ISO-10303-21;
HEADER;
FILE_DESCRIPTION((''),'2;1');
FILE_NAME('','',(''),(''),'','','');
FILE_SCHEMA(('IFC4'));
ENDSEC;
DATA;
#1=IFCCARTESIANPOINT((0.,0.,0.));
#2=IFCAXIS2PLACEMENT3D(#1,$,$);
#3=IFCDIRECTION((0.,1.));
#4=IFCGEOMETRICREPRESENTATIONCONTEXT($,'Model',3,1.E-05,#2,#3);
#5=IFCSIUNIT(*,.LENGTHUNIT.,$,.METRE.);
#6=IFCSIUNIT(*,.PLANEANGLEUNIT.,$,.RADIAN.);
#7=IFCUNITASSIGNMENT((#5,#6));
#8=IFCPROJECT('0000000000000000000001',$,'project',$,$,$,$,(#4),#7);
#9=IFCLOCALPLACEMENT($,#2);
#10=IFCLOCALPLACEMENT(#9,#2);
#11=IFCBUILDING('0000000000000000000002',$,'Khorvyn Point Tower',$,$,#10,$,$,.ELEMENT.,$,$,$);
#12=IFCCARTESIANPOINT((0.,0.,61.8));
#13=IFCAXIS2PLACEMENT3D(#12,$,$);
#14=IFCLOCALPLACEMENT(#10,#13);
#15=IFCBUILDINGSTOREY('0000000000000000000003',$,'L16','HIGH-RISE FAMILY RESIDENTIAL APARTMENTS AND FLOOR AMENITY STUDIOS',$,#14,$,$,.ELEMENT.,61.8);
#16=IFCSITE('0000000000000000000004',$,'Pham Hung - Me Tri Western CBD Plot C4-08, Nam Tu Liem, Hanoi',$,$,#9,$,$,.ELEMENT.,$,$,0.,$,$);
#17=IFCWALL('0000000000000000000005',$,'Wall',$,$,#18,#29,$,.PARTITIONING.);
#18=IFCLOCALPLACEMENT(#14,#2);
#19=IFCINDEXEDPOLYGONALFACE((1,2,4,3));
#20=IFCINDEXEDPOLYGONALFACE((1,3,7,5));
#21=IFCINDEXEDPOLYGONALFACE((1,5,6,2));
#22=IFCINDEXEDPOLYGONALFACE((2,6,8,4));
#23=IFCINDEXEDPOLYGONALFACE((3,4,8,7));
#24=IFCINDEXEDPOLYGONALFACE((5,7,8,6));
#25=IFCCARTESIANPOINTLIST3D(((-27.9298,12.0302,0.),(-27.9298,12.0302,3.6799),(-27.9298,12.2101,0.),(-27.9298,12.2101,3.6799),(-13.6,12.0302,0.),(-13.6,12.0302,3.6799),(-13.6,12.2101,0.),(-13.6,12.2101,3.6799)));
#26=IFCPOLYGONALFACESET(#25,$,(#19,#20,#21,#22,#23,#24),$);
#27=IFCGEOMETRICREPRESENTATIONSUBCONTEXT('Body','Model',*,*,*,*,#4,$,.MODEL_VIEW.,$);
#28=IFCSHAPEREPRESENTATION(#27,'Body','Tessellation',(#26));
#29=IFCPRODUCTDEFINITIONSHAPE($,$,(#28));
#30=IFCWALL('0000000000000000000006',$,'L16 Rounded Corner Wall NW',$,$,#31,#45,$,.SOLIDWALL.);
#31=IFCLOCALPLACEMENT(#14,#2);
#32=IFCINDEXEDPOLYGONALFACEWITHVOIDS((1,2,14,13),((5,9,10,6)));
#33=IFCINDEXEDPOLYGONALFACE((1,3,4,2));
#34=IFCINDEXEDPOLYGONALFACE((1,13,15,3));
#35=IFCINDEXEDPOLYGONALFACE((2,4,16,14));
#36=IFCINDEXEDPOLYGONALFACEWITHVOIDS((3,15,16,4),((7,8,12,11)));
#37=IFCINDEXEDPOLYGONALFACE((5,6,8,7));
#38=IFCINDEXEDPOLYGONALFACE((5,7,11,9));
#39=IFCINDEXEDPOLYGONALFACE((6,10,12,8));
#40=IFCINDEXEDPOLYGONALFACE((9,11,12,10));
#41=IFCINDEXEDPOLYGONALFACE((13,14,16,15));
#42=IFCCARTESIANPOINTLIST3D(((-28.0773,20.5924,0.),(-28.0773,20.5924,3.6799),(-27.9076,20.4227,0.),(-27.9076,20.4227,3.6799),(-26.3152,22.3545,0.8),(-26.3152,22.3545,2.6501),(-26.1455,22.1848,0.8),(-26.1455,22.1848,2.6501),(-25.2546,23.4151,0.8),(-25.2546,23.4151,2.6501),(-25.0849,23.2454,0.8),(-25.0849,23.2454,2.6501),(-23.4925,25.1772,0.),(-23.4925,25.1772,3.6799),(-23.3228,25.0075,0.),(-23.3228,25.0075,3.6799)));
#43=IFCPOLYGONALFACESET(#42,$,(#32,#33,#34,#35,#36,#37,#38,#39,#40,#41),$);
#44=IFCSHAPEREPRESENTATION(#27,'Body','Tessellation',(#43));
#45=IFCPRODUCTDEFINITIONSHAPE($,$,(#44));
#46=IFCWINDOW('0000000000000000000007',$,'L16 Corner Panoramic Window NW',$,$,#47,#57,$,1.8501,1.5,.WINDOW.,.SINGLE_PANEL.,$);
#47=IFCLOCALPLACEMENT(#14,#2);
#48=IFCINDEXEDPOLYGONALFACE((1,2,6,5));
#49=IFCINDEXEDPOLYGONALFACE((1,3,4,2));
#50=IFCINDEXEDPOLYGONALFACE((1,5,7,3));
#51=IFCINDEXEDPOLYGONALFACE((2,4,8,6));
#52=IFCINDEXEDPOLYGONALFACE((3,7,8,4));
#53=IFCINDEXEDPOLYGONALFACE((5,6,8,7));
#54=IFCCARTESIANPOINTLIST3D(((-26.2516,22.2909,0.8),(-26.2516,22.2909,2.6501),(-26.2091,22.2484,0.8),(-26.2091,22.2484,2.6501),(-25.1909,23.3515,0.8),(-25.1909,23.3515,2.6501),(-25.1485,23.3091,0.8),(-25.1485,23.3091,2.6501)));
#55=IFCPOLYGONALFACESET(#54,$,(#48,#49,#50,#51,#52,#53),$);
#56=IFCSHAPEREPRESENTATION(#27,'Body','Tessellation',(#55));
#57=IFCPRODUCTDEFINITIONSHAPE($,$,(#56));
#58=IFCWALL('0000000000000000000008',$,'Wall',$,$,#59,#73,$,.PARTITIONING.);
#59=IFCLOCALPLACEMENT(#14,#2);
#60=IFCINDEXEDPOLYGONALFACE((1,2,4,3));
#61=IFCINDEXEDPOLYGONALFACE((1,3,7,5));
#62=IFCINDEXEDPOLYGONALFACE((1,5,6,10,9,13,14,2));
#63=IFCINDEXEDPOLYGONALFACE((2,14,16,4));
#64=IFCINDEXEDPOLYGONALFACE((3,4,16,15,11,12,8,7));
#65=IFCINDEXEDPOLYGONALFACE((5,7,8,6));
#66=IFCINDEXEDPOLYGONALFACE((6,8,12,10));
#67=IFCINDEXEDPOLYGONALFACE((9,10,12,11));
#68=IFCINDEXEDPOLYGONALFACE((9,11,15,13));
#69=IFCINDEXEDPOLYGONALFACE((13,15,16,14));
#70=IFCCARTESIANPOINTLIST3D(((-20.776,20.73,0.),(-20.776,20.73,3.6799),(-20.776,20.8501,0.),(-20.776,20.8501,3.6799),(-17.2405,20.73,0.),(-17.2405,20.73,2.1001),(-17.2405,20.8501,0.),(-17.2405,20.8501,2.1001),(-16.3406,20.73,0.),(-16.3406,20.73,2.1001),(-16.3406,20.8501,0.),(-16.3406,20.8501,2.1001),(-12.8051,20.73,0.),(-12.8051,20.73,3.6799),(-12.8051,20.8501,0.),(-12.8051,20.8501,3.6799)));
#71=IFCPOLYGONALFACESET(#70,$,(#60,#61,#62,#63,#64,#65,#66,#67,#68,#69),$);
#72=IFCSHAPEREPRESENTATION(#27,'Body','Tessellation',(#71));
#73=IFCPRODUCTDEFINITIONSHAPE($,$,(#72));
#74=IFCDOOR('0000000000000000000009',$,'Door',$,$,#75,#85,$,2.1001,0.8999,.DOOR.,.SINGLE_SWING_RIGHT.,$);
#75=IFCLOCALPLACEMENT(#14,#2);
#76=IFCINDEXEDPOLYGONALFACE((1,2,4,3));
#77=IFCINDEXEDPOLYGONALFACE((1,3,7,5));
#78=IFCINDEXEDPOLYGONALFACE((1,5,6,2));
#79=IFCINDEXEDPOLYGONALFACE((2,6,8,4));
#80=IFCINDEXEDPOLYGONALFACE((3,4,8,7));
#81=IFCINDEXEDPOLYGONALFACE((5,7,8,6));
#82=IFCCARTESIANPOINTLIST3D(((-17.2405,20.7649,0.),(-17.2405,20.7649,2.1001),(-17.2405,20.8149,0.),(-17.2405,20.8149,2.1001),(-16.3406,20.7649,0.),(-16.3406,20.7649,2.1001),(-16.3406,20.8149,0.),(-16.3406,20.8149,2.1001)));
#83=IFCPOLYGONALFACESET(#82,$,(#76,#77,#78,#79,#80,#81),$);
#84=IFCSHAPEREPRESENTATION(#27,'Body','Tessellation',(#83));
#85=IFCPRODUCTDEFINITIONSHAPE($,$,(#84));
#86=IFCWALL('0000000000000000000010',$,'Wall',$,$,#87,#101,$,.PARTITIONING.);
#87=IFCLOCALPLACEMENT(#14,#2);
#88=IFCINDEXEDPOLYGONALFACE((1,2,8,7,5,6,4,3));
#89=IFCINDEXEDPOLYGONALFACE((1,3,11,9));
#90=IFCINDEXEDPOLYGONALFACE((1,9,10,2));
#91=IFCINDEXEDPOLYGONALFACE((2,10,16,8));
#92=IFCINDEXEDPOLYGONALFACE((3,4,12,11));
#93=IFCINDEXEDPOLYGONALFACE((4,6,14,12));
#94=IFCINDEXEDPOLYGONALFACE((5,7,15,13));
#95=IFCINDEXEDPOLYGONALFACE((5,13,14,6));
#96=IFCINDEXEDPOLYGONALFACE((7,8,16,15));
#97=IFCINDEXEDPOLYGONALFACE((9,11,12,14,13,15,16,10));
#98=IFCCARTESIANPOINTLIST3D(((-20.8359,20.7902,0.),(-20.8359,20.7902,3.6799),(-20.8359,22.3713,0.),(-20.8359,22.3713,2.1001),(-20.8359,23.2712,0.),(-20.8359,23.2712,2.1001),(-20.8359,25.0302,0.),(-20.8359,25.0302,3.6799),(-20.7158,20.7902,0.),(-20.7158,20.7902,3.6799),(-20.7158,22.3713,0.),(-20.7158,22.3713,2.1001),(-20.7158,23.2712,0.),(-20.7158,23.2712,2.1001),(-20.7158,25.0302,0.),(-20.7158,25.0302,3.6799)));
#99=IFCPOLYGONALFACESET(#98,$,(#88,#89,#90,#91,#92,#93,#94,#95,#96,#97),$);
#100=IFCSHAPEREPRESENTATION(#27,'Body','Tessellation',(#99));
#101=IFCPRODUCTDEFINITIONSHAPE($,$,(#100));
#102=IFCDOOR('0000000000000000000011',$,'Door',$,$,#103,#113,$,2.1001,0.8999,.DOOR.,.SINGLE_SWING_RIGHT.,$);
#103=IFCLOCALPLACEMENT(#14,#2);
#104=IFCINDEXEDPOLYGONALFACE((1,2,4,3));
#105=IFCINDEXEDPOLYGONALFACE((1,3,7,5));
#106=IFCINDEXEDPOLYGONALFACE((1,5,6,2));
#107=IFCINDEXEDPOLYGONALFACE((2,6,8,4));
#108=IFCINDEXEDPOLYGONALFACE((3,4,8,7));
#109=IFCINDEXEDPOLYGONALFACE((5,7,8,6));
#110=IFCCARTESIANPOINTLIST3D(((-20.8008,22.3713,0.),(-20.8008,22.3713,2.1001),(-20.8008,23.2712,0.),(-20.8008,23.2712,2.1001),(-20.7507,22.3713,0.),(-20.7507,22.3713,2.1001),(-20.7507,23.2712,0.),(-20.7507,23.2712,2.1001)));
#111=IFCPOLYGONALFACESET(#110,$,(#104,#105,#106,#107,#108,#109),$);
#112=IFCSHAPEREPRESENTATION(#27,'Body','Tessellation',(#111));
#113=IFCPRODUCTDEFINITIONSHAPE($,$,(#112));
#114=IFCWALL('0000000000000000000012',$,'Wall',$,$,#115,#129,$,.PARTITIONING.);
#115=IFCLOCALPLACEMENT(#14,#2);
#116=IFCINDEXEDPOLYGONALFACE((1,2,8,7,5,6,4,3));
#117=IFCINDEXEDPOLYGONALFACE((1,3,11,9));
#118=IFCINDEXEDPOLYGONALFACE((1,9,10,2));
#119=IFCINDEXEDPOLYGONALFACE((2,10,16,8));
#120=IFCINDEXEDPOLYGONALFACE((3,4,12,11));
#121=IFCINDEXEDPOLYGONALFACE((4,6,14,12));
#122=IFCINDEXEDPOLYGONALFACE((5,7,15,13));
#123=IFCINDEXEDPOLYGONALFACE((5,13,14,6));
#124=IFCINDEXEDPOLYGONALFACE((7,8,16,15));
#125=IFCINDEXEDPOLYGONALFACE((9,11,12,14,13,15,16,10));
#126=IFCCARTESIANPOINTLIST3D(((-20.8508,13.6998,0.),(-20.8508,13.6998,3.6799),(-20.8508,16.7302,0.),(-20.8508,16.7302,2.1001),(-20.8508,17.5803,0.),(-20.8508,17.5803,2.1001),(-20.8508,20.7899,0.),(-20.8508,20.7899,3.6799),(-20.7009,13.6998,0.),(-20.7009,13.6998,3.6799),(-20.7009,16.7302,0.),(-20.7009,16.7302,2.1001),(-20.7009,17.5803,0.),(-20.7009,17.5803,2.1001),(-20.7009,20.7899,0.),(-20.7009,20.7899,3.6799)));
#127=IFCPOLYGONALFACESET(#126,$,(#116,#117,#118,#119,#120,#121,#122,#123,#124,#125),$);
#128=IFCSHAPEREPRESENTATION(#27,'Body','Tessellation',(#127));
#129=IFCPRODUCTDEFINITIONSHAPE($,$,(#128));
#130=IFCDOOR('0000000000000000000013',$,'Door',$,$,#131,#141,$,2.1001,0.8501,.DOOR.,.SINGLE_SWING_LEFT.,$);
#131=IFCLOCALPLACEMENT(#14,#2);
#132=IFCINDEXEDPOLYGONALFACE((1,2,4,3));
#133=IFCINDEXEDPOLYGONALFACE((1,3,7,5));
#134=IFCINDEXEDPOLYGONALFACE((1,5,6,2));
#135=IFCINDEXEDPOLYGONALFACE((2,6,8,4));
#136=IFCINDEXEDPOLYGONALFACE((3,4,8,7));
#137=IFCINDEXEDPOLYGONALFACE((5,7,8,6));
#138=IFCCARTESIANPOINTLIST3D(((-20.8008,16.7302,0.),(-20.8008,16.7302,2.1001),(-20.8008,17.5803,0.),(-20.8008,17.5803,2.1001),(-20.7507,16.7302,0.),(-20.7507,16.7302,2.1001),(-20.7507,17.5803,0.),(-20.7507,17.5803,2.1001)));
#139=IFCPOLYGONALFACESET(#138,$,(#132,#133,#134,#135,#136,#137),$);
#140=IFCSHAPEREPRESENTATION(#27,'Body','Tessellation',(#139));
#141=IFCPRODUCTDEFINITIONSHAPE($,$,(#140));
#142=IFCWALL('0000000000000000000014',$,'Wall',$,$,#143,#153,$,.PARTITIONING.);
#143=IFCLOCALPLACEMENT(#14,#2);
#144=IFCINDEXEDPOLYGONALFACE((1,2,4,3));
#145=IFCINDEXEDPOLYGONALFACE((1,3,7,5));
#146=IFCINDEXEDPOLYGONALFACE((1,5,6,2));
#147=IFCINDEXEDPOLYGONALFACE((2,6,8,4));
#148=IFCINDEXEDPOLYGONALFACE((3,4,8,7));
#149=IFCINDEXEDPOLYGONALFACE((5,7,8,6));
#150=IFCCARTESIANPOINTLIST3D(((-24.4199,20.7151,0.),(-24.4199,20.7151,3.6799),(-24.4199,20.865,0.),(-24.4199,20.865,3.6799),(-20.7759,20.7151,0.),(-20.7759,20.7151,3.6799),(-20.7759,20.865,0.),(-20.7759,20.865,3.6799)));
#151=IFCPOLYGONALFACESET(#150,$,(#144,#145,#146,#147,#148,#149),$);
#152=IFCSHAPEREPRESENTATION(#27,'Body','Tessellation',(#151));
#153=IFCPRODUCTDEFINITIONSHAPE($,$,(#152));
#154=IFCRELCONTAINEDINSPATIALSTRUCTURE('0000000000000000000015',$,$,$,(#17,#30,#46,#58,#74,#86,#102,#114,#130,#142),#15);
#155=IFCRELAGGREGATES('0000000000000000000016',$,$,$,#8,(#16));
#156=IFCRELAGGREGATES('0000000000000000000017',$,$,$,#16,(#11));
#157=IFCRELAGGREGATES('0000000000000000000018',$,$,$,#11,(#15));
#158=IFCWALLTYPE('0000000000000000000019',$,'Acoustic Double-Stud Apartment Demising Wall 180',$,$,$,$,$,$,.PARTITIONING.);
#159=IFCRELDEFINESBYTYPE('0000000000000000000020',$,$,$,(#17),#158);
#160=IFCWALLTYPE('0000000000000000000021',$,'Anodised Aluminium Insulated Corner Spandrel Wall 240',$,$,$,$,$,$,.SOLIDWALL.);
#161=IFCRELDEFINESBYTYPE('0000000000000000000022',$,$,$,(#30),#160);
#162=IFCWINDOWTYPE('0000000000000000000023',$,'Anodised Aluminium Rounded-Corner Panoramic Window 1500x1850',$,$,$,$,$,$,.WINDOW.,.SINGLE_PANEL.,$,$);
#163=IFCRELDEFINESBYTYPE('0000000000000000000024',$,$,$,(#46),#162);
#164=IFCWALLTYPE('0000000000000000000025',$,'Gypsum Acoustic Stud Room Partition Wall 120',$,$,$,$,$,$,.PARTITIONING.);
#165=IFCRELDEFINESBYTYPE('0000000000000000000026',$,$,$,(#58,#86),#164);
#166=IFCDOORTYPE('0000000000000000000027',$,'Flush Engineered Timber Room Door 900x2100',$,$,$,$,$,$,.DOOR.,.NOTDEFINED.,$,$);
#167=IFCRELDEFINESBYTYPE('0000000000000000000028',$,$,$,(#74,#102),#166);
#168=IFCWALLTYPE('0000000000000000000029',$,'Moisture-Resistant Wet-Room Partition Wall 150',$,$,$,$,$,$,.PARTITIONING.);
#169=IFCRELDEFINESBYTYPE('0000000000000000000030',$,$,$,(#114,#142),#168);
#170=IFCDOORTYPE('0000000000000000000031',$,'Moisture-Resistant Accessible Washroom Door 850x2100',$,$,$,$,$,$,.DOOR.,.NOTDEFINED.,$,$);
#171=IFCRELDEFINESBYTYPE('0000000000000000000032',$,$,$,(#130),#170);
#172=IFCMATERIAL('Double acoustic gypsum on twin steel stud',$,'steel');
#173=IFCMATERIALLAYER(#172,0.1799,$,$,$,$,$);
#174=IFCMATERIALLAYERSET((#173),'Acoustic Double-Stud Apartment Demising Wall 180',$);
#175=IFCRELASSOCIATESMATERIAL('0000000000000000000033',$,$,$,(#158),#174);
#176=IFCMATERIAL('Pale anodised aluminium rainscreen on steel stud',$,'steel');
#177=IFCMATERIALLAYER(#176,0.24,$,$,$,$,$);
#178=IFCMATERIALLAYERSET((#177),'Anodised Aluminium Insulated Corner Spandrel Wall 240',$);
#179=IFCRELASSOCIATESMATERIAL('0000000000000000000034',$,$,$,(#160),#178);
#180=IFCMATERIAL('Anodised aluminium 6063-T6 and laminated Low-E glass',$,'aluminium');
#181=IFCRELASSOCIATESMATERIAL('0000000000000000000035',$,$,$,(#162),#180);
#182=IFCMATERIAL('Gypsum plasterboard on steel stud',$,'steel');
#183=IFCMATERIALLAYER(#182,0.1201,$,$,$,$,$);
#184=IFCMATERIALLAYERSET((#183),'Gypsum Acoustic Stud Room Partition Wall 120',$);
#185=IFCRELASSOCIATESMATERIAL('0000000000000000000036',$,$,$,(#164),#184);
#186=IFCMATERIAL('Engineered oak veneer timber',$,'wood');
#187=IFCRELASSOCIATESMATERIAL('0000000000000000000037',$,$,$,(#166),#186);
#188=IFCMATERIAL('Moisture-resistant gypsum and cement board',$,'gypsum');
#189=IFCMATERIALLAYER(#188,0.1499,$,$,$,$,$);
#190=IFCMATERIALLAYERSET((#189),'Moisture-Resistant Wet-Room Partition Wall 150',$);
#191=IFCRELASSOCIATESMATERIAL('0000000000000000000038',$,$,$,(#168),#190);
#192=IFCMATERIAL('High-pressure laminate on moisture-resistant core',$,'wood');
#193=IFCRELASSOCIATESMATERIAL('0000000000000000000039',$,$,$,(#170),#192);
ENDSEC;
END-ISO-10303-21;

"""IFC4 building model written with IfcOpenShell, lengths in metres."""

from ifc_helpers import new_model, si_unit, direction, frame, frame_2d, origin, place, context, subcontext, project, spatial, rectangle, extrude, material, layer, layer_set, type_object, element, fill, save


model = new_model("IFC4")

# Units and contexts
model_context = context("Model", 3, precision=1e-05, world=origin(), true_north=direction((0.0, 1.0)))
body_context = subcontext(model_context, "Body", "Model", "MODEL_VIEW")
ifc_project = project(units=[si_unit("LENGTHUNIT", "METRE"), si_unit("PLANEANGLEUNIT", "RADIAN")], contexts=[model_context])

# Site, building, storey
site_placement = place(None, origin())
site = spatial("IfcSite", under=ifc_project, at=site_placement, Name="Pham Hung - Me Tri Western CBD Plot C4-08, Nam Tu Liem, Hanoi", CompositionType="ELEMENT", RefElevation=0.0)
building_placement = place(site_placement, origin())
building = spatial("IfcBuilding", under=site, at=building_placement, Name="Khorvyn Point Tower", CompositionType="ELEMENT")
storey_placement = place(building_placement, frame((0.0, 0.0, 61.8)))
storey = spatial("IfcBuildingStorey", under=building, at=storey_placement, Name="L16", Description="HIGH-RISE FAMILY RESIDENTIAL APARTMENTS AND FLOOR AMENITY STUDIOS", CompositionType="ELEMENT", Elevation=61.8)

# Shared definitions
ifc_material_1 = material(Name="Anodised aluminium 6063-T6 and laminated Low-E glass", Category="aluminium")

# Shared definitions
ifc_material_2 = material(Name="Double acoustic gypsum on twin steel stud", Category="steel")
ifc_layer_1 = layer(ifc_material_2, 0.1799)
ifc_layer_set_1 = layer_set([ifc_layer_1], Name="Acoustic Double-Stud Apartment Demising Wall 180")
wall_type_1 = type_object("IfcWallType", Name="Acoustic Double-Stud Apartment Demising Wall 180", PredefinedType="PARTITIONING", material=ifc_layer_set_1)

# Wall
wall_1_placement = place(storey_placement, frame((-27.9299, 12.1201, 0.0), z_axis=(0.0, 0.0, 1.0), x_axis=(1.0, 0.0, 0.0)))
element("IfcWall", 1, at=wall_1_placement, inside=storey, type_object=wall_type_1, Name="Wall", PredefinedType="PARTITIONING", context=body_context, shape_type="SweptSolid", body=[
    extrude(rectangle(XDim=14.3298, YDim=0.1799, at=frame_2d((7.165, 0.0))), origin(), (0.0, 0.0, 1.0), 3.6799),
])

# Wall, opening, window
ifc_material_3 = material(Name="Pale anodised aluminium rainscreen on steel stud", Category="steel")
ifc_layer_2 = layer(ifc_material_3, 0.24)
ifc_layer_set_2 = layer_set([ifc_layer_2], Name="Anodised Aluminium Insulated Corner Spandrel Wall 240")
wall_type_2 = type_object("IfcWallType", Name="Anodised Aluminium Insulated Corner Spandrel Wall 240", PredefinedType="SOLIDWALL", material=ifc_layer_set_2)
wall_2_placement = place(storey_placement, frame((-27.9924, 20.5076, 0.0), z_axis=(0.0, 0.0, 1.0), x_axis=(0.707107, 0.707107, 0.0)))
wall_2 = element("IfcWall", 2, at=wall_2_placement, inside=storey, type_object=wall_type_2, Name="L16 Rounded Corner Wall NW", PredefinedType="SOLIDWALL", context=body_context, shape_type="SweptSolid", body=[
    extrude(rectangle(XDim=6.4839, YDim=0.24, at=frame_2d((3.2419, 0.0))), origin(), (0.0, 0.0, 1.0), 3.6799),
])
opening_1_placement = place(wall_2_placement, frame((2.4919, 0.0, 0.8)))
opening_1 = element("IfcOpeningElement", 3, at=opening_1_placement, cuts=wall_2, PredefinedType="OPENING", context=body_context, shape_type="SweptSolid", body=[
    extrude(rectangle(XDim=1.5, YDim=1.8501, at=frame_2d((0.75, 0.925))), frame((0.0, 0.1299, 0.0), z_axis=(0.0, -1.0, 0.0), x_axis=(1.0, 0.0, 0.0)), (0.0, 0.0, 1.0), 0.26),
])
window_type = type_object("IfcWindowType", Name="Anodised Aluminium Rounded-Corner Panoramic Window 1500x1850", PartitioningType="SINGLE_PANEL", PredefinedType="WINDOW", material=ifc_material_1)
window_placement = place(opening_1_placement, origin())
window = element("IfcWindow", 4, at=window_placement, inside=storey, type_object=window_type, Name="L16 Corner Panoramic Window NW", OverallHeight=1.8501, OverallWidth=1.5, PartitioningType="SINGLE_PANEL", PredefinedType="WINDOW", context=body_context, shape_type="SweptSolid", body=[
    extrude(rectangle(XDim=1.5, YDim=1.8501, at=frame_2d((0.75, 0.925))), frame((0.0, 0.03, 0.0), z_axis=(0.0, -1.0, 0.0), x_axis=(1.0, 0.0, 0.0)), (0.0, 0.0, 1.0), 0.0601),
])
fill(opening_1, window)

# Walls, openings, doors
ifc_material_4 = material(Name="Gypsum plasterboard on steel stud", Category="steel")
ifc_layer_3 = layer(ifc_material_4, 0.1201)
ifc_layer_set_3 = layer_set([ifc_layer_3], Name="Gypsum Acoustic Stud Room Partition Wall 120")
wall_type_3 = type_object("IfcWallType", Name="Gypsum Acoustic Stud Room Partition Wall 120", PredefinedType="PARTITIONING", material=ifc_layer_set_3)
wall_3_placement = place(storey_placement, frame((-20.7759, 20.79, 0.0), z_axis=(0.0, 0.0, 1.0), x_axis=(1.0, 0.0, 0.0)))
wall_3 = element("IfcWall", 5, at=wall_3_placement, inside=storey, type_object=wall_type_3, Name="Wall", PredefinedType="PARTITIONING", context=body_context, shape_type="SweptSolid", body=[
    extrude(rectangle(XDim=7.9709, YDim=0.1201, at=frame_2d((3.9854, 0.0))), origin(), (0.0, 0.0, 1.0), 3.6799),
])
opening_2_placement = place(wall_3_placement, frame((3.5354, 0.0, 0.0)))
opening_2 = element("IfcOpeningElement", 6, at=opening_2_placement, cuts=wall_3, PredefinedType="OPENING", context=body_context, shape_type="SweptSolid", body=[
    extrude(rectangle(XDim=0.8999, YDim=2.1001, at=frame_2d((0.45, 1.05))), frame((0.0, 0.0701, 0.0), z_axis=(0.0, -1.0, 0.0), x_axis=(1.0, 0.0, 0.0)), (0.0, 0.0, 1.0), 0.1401),
])
ifc_material_5 = material(Name="Engineered oak veneer timber", Category="wood")
door_type_1 = type_object("IfcDoorType", Name="Flush Engineered Timber Room Door 900x2100", OperationType="NOTDEFINED", PredefinedType="DOOR", material=ifc_material_5)
door_1_placement = place(opening_2_placement, origin())
door_1 = element("IfcDoor", 7, at=door_1_placement, inside=storey, type_object=door_type_1, Name="Door", OperationType="SINGLE_SWING_RIGHT", OverallHeight=2.1001, OverallWidth=0.8999, PredefinedType="DOOR", context=body_context, shape_type="SweptSolid", body=[
    extrude(rectangle(XDim=0.8999, YDim=2.1001, at=frame_2d((0.45, 1.05))), frame((0.0, 0.0249, 0.0), z_axis=(0.0, -1.0, 0.0), x_axis=(1.0, 0.0, 0.0)), (0.0, 0.0, 1.0), 0.05),
])
fill(opening_2, door_1)
wall_4_placement = place(storey_placement, frame((-20.7759, 20.79, 0.0), z_axis=(0.0, 0.0, 1.0), x_axis=(0.0, 1.0, 0.0)))
wall_4 = element("IfcWall", 8, at=wall_4_placement, inside=storey, type_object=wall_type_3, Name="Wall", PredefinedType="PARTITIONING", context=body_context, shape_type="SweptSolid", body=[
    extrude(rectangle(XDim=4.24, YDim=0.1201, at=frame_2d((2.1201, 0.0))), origin(), (0.0, 0.0, 1.0), 3.6799),
])
opening_3_placement = place(wall_4_placement, frame((1.5813, 0.0, 0.0)))
opening_3 = element("IfcOpeningElement", 9, at=opening_3_placement, cuts=wall_4, PredefinedType="OPENING", context=body_context, shape_type="SweptSolid", body=[
    extrude(rectangle(XDim=0.8999, YDim=2.1001, at=frame_2d((0.45, 1.05))), frame((0.0, 0.0701, 0.0), z_axis=(0.0, -1.0, 0.0), x_axis=(1.0, 0.0, 0.0)), (0.0, 0.0, 1.0), 0.1401),
])
door_2_placement = place(opening_3_placement, origin())
door_2 = element("IfcDoor", 10, at=door_2_placement, inside=storey, type_object=door_type_1, Name="Door", OperationType="SINGLE_SWING_RIGHT", OverallHeight=2.1001, OverallWidth=0.8999, PredefinedType="DOOR", context=body_context, shape_type="SweptSolid", body=[
    extrude(rectangle(XDim=0.8999, YDim=2.1001, at=frame_2d((0.45, 1.05))), frame((0.0, 0.0249, 0.0), z_axis=(0.0, -1.0, 0.0), x_axis=(1.0, 0.0, 0.0)), (0.0, 0.0, 1.0), 0.05),
])
fill(opening_3, door_2)
ifc_material_6 = material(Name="Moisture-resistant gypsum and cement board", Category="gypsum")
ifc_layer_4 = layer(ifc_material_6, 0.1499)
ifc_layer_set_4 = layer_set([ifc_layer_4], Name="Moisture-Resistant Wet-Room Partition Wall 150")
wall_type_4 = type_object("IfcWallType", Name="Moisture-Resistant Wet-Room Partition Wall 150", PredefinedType="PARTITIONING", material=ifc_layer_set_4)
wall_5_placement = place(storey_placement, frame((-20.7759, 13.7, 0.0), z_axis=(0.0, 0.0, 1.0), x_axis=(0.0, 1.0, 0.0)))
wall_5 = element("IfcWall", 11, at=wall_5_placement, inside=storey, type_object=wall_type_4, Name="Wall", PredefinedType="PARTITIONING", context=body_context, shape_type="SweptSolid", body=[
    extrude(rectangle(XDim=7.0901, YDim=0.1499, at=frame_2d((3.5449, 0.0))), origin(), (0.0, 0.0, 1.0), 3.6799),
])
opening_4_placement = place(wall_5_placement, frame((3.0303, 0.0, 0.0)))
opening_4 = element("IfcOpeningElement", 12, at=opening_4_placement, cuts=wall_5, PredefinedType="OPENING", context=body_context, shape_type="SweptSolid", body=[
    extrude(rectangle(XDim=0.8501, YDim=2.1001, at=frame_2d((0.425, 1.05))), frame((0.0, 0.085, 0.0), z_axis=(0.0, -1.0, 0.0), x_axis=(1.0, 0.0, 0.0)), (0.0, 0.0, 1.0), 0.1699),
])
ifc_material_7 = material(Name="High-pressure laminate on moisture-resistant core", Category="wood")
door_type_2 = type_object("IfcDoorType", Name="Moisture-Resistant Accessible Washroom Door 850x2100", OperationType="NOTDEFINED", PredefinedType="DOOR", material=ifc_material_7)
door_3_placement = place(opening_4_placement, origin())
door_3 = element("IfcDoor", 13, at=door_3_placement, inside=storey, type_object=door_type_2, Name="Door", OperationType="SINGLE_SWING_LEFT", OverallHeight=2.1001, OverallWidth=0.8501, PredefinedType="DOOR", context=body_context, shape_type="SweptSolid", body=[
    extrude(rectangle(XDim=0.8501, YDim=2.1001, at=frame_2d((0.425, 1.05))), frame((0.0, 0.0249, 0.0), z_axis=(0.0, -1.0, 0.0), x_axis=(1.0, 0.0, 0.0)), (0.0, 0.0, 1.0), 0.05),
])
fill(opening_4, door_3)

# Wall
wall_6_placement = place(storey_placement, frame((-24.4199, 20.79, 0.0), z_axis=(0.0, 0.0, 1.0), x_axis=(1.0, 0.0, 0.0)))
element("IfcWall", 14, at=wall_6_placement, inside=storey, type_object=wall_type_4, Name="Wall", PredefinedType="PARTITIONING", context=body_context, shape_type="SweptSolid", body=[
    extrude(rectangle(XDim=3.644, YDim=0.1499, at=frame_2d((1.822, 0.0))), origin(), (0.0, 0.0, 1.0), 3.6799),
])

save(model, "model.ifc")
